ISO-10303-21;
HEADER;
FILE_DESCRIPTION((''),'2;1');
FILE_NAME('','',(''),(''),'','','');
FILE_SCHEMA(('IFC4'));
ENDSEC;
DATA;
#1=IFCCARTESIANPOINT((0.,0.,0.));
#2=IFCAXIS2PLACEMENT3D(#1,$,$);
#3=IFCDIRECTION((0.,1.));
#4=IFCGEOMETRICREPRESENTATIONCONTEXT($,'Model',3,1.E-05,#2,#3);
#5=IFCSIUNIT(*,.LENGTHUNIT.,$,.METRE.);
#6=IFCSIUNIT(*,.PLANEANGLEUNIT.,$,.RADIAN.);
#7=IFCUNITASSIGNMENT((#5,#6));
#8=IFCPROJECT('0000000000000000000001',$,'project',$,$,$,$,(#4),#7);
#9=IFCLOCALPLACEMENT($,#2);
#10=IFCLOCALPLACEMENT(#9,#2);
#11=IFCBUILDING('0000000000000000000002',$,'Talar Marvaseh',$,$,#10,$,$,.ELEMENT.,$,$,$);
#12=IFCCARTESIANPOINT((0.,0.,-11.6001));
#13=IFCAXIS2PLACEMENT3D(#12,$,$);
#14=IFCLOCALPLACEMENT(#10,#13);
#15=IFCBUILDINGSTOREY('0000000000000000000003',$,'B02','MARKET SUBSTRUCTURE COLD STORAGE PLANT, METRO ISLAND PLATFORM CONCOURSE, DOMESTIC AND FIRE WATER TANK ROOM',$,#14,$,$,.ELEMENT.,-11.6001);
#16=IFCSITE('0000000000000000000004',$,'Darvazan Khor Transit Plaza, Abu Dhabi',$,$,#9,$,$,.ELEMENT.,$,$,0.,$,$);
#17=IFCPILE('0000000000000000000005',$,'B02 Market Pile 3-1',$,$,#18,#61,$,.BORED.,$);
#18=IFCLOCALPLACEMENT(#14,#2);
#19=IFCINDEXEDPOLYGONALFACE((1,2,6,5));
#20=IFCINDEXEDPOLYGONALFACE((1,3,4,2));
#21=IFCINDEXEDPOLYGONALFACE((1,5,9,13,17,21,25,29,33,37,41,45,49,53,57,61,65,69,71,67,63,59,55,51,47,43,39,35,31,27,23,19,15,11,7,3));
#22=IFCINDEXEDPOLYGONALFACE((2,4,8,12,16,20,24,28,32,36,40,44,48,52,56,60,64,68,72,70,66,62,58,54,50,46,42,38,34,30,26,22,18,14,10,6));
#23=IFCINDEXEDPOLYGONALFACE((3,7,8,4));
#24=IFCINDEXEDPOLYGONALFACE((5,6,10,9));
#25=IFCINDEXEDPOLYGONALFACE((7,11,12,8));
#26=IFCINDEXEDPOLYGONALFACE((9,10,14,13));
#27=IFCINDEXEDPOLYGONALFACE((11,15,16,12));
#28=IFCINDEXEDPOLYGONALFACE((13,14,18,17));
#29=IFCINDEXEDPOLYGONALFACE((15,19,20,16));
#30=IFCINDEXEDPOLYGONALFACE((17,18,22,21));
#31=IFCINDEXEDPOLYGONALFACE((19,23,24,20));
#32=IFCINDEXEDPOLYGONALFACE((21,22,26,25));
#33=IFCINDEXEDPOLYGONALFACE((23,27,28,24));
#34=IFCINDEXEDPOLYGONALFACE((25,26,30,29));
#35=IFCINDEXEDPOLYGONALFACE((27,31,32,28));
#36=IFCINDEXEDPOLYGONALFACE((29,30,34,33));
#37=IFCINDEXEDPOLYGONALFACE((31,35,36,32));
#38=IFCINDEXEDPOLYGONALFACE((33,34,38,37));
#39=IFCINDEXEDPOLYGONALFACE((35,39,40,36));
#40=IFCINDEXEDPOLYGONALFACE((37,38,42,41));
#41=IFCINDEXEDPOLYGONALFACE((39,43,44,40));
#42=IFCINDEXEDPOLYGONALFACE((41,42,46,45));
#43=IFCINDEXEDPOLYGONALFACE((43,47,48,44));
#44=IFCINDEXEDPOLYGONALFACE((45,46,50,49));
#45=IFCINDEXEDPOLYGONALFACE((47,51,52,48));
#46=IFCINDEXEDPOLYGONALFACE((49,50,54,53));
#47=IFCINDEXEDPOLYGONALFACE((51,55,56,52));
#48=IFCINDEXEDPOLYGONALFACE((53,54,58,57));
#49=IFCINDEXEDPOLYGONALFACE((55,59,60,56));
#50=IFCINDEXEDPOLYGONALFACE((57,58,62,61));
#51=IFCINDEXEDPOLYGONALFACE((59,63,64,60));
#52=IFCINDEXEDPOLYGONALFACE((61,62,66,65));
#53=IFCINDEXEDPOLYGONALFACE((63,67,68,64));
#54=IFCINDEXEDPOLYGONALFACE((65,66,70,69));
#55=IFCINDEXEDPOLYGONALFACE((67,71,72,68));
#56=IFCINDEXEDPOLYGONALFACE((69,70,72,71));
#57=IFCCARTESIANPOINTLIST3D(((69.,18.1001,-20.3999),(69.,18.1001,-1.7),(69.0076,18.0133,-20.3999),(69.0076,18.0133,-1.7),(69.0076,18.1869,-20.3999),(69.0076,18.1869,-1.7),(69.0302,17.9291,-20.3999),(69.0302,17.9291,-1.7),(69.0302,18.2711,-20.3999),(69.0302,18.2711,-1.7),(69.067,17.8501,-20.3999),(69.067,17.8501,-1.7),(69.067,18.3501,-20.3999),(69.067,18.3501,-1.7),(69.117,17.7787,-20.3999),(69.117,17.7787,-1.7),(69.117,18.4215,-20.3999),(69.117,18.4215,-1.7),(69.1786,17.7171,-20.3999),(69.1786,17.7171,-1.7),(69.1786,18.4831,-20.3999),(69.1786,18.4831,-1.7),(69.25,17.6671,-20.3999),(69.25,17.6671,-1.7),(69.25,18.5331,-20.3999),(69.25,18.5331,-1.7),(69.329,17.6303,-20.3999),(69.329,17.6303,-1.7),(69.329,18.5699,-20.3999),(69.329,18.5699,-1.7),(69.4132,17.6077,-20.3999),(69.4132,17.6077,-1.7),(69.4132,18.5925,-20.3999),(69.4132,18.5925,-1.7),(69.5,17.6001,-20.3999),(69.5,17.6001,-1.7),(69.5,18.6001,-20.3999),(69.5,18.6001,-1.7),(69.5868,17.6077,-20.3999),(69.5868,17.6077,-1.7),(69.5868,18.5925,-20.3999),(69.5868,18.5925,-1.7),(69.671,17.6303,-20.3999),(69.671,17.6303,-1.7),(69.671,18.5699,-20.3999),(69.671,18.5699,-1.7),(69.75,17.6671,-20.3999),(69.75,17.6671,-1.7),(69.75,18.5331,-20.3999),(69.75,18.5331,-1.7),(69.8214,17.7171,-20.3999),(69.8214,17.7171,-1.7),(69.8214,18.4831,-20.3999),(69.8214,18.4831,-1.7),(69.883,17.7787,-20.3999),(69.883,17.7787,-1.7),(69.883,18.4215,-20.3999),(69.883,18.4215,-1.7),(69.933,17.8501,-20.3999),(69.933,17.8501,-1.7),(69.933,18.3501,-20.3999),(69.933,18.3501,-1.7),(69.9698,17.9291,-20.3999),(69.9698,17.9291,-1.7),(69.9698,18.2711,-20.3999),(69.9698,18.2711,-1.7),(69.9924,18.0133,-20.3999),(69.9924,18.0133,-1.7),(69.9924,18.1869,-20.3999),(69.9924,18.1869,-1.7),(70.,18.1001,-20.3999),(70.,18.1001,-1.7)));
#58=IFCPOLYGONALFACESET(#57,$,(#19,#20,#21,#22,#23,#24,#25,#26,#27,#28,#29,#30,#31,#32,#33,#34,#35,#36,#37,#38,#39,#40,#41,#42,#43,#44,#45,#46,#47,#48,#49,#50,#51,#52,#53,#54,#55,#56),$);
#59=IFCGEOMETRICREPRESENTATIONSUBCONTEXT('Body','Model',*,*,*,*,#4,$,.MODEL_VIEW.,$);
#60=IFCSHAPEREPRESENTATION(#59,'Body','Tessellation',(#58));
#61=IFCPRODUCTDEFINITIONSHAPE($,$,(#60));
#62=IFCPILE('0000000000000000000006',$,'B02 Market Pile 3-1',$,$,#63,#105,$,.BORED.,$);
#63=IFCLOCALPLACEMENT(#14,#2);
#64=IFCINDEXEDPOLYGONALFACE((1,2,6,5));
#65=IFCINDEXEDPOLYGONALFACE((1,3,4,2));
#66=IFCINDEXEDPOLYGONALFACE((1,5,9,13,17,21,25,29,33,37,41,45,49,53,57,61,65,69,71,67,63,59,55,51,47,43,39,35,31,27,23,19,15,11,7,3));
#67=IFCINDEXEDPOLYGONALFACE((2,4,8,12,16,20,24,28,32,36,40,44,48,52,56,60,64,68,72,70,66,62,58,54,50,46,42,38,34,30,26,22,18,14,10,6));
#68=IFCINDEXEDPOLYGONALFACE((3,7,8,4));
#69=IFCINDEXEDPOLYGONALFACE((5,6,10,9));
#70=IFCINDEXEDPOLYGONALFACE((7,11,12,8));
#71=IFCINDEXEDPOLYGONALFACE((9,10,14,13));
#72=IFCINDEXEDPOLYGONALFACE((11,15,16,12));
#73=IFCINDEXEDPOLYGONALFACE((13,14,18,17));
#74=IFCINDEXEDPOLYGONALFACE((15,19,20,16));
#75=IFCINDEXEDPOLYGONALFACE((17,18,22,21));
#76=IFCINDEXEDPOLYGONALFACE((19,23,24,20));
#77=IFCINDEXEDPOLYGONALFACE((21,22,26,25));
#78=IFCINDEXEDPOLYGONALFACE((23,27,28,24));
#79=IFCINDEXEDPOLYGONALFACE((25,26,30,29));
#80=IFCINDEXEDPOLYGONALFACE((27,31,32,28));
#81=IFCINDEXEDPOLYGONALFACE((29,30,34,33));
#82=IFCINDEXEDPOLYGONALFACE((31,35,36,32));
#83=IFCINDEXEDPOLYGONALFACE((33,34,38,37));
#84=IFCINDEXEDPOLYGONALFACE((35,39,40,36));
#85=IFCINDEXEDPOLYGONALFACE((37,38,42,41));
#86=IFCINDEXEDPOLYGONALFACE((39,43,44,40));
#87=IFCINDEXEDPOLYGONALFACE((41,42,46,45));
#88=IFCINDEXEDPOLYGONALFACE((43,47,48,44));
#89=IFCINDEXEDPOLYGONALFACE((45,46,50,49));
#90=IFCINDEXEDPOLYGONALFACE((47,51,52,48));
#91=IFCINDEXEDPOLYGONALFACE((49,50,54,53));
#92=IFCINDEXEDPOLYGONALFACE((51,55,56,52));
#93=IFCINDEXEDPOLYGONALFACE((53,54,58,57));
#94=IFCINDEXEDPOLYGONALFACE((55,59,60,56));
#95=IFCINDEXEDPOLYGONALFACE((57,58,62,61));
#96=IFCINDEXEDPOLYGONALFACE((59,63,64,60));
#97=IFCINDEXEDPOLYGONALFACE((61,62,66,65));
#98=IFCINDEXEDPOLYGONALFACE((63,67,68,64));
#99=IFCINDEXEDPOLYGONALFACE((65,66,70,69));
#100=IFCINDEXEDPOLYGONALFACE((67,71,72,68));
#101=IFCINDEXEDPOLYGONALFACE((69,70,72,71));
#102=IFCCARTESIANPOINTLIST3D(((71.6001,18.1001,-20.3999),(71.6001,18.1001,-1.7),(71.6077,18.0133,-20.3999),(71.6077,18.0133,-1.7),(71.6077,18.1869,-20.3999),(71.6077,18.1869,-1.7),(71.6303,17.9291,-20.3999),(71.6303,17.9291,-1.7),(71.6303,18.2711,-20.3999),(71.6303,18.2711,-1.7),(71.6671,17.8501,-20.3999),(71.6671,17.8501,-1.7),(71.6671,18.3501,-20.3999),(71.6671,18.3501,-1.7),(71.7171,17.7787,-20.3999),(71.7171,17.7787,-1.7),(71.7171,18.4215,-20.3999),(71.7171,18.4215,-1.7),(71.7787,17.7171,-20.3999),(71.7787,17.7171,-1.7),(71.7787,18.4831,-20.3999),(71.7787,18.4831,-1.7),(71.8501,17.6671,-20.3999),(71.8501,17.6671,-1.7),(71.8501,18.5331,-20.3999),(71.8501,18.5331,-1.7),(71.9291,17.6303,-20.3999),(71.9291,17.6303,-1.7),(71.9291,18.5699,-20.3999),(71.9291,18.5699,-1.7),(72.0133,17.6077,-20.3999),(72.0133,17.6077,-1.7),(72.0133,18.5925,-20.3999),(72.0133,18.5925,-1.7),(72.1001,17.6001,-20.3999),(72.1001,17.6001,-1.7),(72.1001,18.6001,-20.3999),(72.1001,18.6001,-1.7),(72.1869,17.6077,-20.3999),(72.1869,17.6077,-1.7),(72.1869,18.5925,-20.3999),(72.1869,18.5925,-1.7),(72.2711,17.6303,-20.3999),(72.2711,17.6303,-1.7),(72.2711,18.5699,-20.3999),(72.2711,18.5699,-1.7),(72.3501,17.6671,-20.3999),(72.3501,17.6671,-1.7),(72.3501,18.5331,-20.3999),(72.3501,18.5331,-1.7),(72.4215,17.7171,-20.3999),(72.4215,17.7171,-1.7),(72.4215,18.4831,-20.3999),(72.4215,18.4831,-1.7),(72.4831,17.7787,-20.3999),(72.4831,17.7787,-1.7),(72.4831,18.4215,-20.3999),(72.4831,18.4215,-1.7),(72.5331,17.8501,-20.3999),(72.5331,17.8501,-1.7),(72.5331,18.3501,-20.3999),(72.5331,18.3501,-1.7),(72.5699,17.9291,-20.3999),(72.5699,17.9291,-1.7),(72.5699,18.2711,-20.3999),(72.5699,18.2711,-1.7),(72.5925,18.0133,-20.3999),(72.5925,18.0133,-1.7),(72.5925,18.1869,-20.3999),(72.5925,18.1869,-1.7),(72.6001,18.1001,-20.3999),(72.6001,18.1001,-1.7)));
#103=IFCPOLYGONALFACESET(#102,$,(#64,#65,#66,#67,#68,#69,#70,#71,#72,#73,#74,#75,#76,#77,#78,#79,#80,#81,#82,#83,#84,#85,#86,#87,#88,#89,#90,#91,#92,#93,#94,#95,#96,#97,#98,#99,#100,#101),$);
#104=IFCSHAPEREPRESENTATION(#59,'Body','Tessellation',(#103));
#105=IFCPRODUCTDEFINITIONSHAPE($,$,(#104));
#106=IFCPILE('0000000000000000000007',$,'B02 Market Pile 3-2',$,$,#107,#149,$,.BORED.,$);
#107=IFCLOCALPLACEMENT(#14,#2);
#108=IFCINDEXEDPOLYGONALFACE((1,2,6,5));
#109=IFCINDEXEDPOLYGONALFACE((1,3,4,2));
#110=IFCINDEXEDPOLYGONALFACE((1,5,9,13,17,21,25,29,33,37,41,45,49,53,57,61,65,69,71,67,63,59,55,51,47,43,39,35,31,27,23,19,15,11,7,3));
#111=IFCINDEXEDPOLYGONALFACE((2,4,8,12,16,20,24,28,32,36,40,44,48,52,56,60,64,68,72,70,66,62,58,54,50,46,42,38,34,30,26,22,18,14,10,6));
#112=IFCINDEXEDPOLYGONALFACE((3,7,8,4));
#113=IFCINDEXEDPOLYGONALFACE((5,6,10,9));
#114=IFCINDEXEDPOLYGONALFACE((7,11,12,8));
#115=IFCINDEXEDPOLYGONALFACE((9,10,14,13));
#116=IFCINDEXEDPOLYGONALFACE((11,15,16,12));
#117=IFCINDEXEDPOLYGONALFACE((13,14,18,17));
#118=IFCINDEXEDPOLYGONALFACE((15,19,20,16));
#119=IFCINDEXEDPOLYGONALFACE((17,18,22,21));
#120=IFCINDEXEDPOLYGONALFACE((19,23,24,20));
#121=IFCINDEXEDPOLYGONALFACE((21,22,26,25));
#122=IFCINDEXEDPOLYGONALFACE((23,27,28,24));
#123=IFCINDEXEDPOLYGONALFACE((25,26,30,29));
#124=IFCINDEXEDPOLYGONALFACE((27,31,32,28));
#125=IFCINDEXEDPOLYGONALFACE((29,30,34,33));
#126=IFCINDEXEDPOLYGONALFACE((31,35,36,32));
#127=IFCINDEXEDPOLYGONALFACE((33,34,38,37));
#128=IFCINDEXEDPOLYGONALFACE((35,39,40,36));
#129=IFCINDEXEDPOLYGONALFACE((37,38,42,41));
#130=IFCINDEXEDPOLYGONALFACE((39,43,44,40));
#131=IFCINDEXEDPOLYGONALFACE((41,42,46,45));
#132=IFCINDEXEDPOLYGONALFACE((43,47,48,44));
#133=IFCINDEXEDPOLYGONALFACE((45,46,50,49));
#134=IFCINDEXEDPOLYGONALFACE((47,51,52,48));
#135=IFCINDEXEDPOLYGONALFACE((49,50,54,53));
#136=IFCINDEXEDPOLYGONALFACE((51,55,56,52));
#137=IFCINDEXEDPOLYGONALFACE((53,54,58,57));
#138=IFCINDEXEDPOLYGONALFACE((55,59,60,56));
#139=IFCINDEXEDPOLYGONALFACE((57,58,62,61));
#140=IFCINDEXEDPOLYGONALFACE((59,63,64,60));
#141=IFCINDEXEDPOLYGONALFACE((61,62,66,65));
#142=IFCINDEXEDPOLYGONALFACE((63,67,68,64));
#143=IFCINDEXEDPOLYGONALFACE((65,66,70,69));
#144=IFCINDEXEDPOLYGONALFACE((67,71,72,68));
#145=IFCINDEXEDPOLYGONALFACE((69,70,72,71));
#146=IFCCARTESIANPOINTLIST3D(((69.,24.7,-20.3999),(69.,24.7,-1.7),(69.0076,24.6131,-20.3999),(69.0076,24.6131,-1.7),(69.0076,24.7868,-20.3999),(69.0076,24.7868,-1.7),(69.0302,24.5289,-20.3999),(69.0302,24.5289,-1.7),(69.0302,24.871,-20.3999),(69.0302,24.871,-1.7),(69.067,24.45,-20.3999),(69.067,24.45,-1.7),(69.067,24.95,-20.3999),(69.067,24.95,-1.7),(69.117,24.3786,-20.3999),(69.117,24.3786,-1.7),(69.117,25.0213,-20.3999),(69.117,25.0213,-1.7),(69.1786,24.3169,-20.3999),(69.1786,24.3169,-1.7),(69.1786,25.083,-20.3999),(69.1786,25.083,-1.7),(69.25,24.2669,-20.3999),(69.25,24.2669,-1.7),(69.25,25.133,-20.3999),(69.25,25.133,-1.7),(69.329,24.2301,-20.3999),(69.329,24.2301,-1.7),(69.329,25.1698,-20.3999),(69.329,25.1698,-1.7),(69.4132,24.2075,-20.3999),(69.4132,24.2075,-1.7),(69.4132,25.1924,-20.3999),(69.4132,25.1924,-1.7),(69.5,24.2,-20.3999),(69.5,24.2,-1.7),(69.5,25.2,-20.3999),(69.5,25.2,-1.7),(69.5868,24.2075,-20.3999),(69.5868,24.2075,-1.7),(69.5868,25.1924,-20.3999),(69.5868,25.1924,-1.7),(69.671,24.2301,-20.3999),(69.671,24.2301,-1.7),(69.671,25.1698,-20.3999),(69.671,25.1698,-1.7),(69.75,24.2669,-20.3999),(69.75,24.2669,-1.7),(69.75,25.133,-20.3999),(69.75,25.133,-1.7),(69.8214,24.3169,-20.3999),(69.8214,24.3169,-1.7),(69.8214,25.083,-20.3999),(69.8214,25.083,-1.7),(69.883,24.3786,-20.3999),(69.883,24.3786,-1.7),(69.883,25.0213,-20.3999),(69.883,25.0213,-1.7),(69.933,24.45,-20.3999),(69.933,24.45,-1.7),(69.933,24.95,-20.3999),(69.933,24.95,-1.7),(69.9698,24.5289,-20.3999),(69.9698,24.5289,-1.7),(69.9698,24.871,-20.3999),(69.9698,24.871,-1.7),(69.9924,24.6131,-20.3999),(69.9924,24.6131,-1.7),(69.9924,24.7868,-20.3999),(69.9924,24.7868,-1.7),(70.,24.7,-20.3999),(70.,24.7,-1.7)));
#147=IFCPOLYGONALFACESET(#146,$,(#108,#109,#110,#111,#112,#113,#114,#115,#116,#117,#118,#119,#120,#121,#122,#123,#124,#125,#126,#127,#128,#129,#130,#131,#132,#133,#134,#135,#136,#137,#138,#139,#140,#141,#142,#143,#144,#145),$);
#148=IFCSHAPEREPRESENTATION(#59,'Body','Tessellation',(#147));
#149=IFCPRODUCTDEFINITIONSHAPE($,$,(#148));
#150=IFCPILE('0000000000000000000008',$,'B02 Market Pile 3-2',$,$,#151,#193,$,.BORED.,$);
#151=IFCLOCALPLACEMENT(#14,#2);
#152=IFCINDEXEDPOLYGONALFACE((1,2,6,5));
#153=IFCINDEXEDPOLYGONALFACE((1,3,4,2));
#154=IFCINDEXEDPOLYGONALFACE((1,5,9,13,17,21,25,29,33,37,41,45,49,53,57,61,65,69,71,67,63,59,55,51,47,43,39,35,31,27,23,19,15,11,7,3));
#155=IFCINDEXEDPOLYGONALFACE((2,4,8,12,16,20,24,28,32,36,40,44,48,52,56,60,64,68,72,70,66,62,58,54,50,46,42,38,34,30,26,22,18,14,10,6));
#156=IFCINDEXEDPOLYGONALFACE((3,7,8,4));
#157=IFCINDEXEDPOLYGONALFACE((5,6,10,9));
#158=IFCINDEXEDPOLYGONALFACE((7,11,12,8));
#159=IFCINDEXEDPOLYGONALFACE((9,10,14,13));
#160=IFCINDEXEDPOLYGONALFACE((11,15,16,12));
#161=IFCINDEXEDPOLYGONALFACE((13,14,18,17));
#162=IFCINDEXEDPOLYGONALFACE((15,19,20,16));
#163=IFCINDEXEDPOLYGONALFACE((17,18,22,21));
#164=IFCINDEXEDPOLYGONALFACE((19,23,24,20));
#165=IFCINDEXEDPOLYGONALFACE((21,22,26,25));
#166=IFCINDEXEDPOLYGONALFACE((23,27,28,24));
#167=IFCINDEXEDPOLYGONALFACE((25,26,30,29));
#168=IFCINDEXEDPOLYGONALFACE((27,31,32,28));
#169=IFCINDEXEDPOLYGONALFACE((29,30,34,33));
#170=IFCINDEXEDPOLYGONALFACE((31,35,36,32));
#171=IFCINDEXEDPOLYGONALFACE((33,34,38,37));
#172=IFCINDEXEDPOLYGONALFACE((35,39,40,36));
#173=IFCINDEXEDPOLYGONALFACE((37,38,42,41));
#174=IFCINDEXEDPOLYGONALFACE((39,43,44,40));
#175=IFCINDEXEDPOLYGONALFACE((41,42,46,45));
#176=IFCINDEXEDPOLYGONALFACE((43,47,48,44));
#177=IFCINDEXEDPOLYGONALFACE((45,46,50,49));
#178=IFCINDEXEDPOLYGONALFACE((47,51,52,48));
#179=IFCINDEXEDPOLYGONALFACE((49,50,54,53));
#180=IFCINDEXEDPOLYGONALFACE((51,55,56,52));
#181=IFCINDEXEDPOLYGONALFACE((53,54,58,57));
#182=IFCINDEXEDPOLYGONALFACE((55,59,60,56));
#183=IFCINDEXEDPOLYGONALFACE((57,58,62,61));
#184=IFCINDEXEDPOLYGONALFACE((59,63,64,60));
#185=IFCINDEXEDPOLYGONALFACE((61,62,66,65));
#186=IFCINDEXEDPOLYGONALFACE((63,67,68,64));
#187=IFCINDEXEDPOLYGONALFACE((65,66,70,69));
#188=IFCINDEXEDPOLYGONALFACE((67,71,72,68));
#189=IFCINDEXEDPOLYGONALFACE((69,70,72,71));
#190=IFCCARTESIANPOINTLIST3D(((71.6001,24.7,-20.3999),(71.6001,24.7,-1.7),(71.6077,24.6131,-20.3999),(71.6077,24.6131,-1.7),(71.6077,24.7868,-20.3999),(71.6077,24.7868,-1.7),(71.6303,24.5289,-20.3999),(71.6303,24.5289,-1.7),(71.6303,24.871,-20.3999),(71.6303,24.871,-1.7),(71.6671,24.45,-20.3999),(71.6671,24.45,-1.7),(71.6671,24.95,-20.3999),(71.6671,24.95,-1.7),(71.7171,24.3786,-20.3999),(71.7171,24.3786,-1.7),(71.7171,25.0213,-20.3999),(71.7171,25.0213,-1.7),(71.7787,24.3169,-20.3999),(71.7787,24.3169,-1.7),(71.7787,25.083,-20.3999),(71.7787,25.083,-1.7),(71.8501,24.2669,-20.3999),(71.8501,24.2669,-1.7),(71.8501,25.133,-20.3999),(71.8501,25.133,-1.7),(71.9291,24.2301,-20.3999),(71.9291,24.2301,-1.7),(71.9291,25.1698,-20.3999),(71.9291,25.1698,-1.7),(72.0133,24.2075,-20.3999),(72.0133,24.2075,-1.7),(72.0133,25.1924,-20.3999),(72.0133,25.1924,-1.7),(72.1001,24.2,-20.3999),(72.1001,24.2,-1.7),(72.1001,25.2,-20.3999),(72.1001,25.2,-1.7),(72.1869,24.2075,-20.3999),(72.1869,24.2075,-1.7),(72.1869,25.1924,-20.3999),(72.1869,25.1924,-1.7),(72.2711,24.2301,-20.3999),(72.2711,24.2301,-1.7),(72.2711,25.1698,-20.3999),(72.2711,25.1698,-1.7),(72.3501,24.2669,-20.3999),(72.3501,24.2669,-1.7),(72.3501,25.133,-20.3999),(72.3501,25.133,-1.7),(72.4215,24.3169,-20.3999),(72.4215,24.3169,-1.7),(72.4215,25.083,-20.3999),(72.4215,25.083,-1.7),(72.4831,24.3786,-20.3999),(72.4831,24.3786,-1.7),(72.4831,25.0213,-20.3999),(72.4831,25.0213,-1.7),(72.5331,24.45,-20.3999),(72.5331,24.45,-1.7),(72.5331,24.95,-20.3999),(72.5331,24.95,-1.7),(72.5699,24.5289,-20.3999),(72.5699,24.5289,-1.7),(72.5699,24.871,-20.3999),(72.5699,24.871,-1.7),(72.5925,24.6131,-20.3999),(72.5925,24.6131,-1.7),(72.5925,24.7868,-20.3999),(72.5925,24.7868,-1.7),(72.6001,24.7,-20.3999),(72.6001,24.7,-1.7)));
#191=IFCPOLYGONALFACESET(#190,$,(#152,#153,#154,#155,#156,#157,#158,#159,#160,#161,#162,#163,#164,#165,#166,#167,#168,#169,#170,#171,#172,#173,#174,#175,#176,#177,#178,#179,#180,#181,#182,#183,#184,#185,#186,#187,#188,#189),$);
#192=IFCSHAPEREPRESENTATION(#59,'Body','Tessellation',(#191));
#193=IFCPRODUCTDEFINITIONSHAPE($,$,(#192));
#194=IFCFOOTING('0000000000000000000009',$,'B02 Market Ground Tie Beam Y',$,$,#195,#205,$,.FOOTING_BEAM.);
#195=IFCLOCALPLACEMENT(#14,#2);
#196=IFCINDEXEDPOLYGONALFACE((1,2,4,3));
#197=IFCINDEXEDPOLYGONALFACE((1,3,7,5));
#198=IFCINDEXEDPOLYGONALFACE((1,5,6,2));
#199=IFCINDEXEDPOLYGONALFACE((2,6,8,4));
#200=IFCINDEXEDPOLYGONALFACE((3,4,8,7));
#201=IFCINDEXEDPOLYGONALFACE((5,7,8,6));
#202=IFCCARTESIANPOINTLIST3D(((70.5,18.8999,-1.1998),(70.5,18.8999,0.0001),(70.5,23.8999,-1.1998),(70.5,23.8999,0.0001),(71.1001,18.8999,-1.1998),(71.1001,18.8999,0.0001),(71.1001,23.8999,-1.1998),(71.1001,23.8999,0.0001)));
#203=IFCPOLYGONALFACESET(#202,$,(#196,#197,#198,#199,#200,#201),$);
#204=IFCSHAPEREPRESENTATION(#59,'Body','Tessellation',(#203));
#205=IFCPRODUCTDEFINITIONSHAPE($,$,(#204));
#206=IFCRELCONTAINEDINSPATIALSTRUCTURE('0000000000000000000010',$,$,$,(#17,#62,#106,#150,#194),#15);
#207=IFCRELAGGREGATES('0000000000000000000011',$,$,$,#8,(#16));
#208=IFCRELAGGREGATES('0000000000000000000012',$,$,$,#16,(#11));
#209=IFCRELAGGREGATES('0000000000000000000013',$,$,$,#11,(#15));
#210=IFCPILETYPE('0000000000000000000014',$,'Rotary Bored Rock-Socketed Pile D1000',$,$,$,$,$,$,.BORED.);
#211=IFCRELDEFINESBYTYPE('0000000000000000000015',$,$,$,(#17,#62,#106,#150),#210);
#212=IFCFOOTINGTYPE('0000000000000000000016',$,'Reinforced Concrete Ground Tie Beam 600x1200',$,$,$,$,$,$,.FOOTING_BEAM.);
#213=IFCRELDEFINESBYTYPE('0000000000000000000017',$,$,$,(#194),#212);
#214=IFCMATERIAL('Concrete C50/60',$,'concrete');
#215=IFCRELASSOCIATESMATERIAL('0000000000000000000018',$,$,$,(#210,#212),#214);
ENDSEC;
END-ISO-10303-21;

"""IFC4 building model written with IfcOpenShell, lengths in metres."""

from ifc_helpers import new_model, si_unit, direction, frame, origin, origin_2d, place, context, subcontext, project, spatial, rectangle, circle, extrude, source, transform, mapped, material, material_profile, profile_set, type_object, type_shapes, element, save


model = new_model("IFC4")

# Units and contexts
model_context = context("Model", 3, precision=1e-05, world=origin(), true_north=direction((0.0, 1.0)))
body_context = subcontext(model_context, "Body", "Model", "MODEL_VIEW")
ifc_project = project(units=[si_unit("LENGTHUNIT", "METRE"), si_unit("PLANEANGLEUNIT", "RADIAN")], contexts=[model_context])

# Site, building, storey
site_placement = place(None, origin())
site = spatial("IfcSite", under=ifc_project, at=site_placement, Name="Darvazan Khor Transit Plaza, Abu Dhabi", CompositionType="ELEMENT", RefElevation=0.0)
building_placement = place(site_placement, origin())
building = spatial("IfcBuilding", under=site, at=building_placement, Name="Talar Marvaseh", CompositionType="ELEMENT")
storey_placement = place(building_placement, frame((0.0, 0.0, -11.6001)))
storey = spatial("IfcBuildingStorey", under=building, at=storey_placement, Name="B02", Description="MARKET SUBSTRUCTURE COLD STORAGE PLANT, METRO ISLAND PLATFORM CONCOURSE, DOMESTIC AND FIRE WATER TANK ROOM", CompositionType="ELEMENT", Elevation=-11.6001)

# Piles
ifc_material_1 = material(Name="Concrete C50/60", Category="concrete")
ifc_material_profile_1 = material_profile(ifc_material_1, circle(Radius=0.5, at=origin_2d()), Name="PILE-D1000")
ifc_profile_set_1 = profile_set([ifc_material_profile_1], Name="Concrete C50/60")
pile_type = type_object("IfcPileType", Name="Rotary Bored Rock-Socketed Pile D1000", PredefinedType="BORED", material=ifc_profile_set_1)
shared_shape_1 = source(origin(), body_context, "Body", "SweptSolid", [
    extrude(circle(Radius=0.5, at=origin_2d()), origin(), (0.0, 0.0, 1.0), 18.7),
])
type_shapes(pile_type, [shared_shape_1])
for number, where, z_axis, x_axis, name in (
    (1, (69.5, 18.1001, -1.7), (0.0, 0.0, -1.0), (1.0, 0.0, 0.0), "B02 Market Pile 3-1"),
    (2, (72.1001, 18.1001, -1.7), (0.0, 0.0, -1.0), (1.0, 0.0, 0.0), "B02 Market Pile 3-1"),
    (3, (69.5, 24.7, -1.7), (0.0, 0.0, -1.0), (1.0, 0.0, 0.0), "B02 Market Pile 3-2"),
    (4, (72.1001, 24.7, -1.7), (0.0, 0.0, -1.0), (1.0, 0.0, 0.0), "B02 Market Pile 3-2"),
):
    element("IfcPile", number, at=place(storey_placement, frame(where, z_axis=z_axis, x_axis=x_axis)), inside=storey, type_object=pile_type, Name=name, PredefinedType="BORED", context=body_context, shape_type="MappedRepresentation", body=[
        mapped(shared_shape_1, transform((0.0, 0.0, 0.0), x_axis=(1.0, 0.0, 0.0), y_axis=(0.0, 1.0, 0.0), z_axis=(0.0, 0.0, 1.0), scale=1.0)),
    ])

# Footing
ifc_material_profile_2 = material_profile(ifc_material_1, rectangle(XDim=0.6001, YDim=1.2, at=origin_2d()), Name="RC600x1200")
ifc_profile_set_2 = profile_set([ifc_material_profile_2], Name="Concrete C50/60")
footing_type_1 = type_object("IfcFootingType", Name="Reinforced Concrete Ground Tie Beam 600x1200", PredefinedType="FOOTING_BEAM", material=ifc_profile_set_2)
shared_shape_2 = source(origin(), body_context, "Body", "SweptSolid", [
    extrude(rectangle(XDim=0.6001, YDim=1.2, at=origin_2d()), origin(), (0.0, 0.0, 1.0), 5.0),
])
type_shapes(footing_type_1, [shared_shape_2])
footing_1_placement = place(storey_placement, frame((70.8, 18.8999, -0.5999), z_axis=(0.0, 1.0, 0.0), x_axis=(-1.0, 0.0, 0.0)))
element("IfcFooting", 5, at=footing_1_placement, inside=storey, type_object=footing_type_1, Name="B02 Market Ground Tie Beam Y", PredefinedType="FOOTING_BEAM", context=body_context, shape_type="MappedRepresentation", body=[
    mapped(shared_shape_2, transform((0.0, 0.0, 0.0), x_axis=(1.0, 0.0, 0.0), y_axis=(0.0, 1.0, 0.0), z_axis=(0.0, 0.0, 1.0), scale=1.0)),
])

save(model, "model.ifc")
